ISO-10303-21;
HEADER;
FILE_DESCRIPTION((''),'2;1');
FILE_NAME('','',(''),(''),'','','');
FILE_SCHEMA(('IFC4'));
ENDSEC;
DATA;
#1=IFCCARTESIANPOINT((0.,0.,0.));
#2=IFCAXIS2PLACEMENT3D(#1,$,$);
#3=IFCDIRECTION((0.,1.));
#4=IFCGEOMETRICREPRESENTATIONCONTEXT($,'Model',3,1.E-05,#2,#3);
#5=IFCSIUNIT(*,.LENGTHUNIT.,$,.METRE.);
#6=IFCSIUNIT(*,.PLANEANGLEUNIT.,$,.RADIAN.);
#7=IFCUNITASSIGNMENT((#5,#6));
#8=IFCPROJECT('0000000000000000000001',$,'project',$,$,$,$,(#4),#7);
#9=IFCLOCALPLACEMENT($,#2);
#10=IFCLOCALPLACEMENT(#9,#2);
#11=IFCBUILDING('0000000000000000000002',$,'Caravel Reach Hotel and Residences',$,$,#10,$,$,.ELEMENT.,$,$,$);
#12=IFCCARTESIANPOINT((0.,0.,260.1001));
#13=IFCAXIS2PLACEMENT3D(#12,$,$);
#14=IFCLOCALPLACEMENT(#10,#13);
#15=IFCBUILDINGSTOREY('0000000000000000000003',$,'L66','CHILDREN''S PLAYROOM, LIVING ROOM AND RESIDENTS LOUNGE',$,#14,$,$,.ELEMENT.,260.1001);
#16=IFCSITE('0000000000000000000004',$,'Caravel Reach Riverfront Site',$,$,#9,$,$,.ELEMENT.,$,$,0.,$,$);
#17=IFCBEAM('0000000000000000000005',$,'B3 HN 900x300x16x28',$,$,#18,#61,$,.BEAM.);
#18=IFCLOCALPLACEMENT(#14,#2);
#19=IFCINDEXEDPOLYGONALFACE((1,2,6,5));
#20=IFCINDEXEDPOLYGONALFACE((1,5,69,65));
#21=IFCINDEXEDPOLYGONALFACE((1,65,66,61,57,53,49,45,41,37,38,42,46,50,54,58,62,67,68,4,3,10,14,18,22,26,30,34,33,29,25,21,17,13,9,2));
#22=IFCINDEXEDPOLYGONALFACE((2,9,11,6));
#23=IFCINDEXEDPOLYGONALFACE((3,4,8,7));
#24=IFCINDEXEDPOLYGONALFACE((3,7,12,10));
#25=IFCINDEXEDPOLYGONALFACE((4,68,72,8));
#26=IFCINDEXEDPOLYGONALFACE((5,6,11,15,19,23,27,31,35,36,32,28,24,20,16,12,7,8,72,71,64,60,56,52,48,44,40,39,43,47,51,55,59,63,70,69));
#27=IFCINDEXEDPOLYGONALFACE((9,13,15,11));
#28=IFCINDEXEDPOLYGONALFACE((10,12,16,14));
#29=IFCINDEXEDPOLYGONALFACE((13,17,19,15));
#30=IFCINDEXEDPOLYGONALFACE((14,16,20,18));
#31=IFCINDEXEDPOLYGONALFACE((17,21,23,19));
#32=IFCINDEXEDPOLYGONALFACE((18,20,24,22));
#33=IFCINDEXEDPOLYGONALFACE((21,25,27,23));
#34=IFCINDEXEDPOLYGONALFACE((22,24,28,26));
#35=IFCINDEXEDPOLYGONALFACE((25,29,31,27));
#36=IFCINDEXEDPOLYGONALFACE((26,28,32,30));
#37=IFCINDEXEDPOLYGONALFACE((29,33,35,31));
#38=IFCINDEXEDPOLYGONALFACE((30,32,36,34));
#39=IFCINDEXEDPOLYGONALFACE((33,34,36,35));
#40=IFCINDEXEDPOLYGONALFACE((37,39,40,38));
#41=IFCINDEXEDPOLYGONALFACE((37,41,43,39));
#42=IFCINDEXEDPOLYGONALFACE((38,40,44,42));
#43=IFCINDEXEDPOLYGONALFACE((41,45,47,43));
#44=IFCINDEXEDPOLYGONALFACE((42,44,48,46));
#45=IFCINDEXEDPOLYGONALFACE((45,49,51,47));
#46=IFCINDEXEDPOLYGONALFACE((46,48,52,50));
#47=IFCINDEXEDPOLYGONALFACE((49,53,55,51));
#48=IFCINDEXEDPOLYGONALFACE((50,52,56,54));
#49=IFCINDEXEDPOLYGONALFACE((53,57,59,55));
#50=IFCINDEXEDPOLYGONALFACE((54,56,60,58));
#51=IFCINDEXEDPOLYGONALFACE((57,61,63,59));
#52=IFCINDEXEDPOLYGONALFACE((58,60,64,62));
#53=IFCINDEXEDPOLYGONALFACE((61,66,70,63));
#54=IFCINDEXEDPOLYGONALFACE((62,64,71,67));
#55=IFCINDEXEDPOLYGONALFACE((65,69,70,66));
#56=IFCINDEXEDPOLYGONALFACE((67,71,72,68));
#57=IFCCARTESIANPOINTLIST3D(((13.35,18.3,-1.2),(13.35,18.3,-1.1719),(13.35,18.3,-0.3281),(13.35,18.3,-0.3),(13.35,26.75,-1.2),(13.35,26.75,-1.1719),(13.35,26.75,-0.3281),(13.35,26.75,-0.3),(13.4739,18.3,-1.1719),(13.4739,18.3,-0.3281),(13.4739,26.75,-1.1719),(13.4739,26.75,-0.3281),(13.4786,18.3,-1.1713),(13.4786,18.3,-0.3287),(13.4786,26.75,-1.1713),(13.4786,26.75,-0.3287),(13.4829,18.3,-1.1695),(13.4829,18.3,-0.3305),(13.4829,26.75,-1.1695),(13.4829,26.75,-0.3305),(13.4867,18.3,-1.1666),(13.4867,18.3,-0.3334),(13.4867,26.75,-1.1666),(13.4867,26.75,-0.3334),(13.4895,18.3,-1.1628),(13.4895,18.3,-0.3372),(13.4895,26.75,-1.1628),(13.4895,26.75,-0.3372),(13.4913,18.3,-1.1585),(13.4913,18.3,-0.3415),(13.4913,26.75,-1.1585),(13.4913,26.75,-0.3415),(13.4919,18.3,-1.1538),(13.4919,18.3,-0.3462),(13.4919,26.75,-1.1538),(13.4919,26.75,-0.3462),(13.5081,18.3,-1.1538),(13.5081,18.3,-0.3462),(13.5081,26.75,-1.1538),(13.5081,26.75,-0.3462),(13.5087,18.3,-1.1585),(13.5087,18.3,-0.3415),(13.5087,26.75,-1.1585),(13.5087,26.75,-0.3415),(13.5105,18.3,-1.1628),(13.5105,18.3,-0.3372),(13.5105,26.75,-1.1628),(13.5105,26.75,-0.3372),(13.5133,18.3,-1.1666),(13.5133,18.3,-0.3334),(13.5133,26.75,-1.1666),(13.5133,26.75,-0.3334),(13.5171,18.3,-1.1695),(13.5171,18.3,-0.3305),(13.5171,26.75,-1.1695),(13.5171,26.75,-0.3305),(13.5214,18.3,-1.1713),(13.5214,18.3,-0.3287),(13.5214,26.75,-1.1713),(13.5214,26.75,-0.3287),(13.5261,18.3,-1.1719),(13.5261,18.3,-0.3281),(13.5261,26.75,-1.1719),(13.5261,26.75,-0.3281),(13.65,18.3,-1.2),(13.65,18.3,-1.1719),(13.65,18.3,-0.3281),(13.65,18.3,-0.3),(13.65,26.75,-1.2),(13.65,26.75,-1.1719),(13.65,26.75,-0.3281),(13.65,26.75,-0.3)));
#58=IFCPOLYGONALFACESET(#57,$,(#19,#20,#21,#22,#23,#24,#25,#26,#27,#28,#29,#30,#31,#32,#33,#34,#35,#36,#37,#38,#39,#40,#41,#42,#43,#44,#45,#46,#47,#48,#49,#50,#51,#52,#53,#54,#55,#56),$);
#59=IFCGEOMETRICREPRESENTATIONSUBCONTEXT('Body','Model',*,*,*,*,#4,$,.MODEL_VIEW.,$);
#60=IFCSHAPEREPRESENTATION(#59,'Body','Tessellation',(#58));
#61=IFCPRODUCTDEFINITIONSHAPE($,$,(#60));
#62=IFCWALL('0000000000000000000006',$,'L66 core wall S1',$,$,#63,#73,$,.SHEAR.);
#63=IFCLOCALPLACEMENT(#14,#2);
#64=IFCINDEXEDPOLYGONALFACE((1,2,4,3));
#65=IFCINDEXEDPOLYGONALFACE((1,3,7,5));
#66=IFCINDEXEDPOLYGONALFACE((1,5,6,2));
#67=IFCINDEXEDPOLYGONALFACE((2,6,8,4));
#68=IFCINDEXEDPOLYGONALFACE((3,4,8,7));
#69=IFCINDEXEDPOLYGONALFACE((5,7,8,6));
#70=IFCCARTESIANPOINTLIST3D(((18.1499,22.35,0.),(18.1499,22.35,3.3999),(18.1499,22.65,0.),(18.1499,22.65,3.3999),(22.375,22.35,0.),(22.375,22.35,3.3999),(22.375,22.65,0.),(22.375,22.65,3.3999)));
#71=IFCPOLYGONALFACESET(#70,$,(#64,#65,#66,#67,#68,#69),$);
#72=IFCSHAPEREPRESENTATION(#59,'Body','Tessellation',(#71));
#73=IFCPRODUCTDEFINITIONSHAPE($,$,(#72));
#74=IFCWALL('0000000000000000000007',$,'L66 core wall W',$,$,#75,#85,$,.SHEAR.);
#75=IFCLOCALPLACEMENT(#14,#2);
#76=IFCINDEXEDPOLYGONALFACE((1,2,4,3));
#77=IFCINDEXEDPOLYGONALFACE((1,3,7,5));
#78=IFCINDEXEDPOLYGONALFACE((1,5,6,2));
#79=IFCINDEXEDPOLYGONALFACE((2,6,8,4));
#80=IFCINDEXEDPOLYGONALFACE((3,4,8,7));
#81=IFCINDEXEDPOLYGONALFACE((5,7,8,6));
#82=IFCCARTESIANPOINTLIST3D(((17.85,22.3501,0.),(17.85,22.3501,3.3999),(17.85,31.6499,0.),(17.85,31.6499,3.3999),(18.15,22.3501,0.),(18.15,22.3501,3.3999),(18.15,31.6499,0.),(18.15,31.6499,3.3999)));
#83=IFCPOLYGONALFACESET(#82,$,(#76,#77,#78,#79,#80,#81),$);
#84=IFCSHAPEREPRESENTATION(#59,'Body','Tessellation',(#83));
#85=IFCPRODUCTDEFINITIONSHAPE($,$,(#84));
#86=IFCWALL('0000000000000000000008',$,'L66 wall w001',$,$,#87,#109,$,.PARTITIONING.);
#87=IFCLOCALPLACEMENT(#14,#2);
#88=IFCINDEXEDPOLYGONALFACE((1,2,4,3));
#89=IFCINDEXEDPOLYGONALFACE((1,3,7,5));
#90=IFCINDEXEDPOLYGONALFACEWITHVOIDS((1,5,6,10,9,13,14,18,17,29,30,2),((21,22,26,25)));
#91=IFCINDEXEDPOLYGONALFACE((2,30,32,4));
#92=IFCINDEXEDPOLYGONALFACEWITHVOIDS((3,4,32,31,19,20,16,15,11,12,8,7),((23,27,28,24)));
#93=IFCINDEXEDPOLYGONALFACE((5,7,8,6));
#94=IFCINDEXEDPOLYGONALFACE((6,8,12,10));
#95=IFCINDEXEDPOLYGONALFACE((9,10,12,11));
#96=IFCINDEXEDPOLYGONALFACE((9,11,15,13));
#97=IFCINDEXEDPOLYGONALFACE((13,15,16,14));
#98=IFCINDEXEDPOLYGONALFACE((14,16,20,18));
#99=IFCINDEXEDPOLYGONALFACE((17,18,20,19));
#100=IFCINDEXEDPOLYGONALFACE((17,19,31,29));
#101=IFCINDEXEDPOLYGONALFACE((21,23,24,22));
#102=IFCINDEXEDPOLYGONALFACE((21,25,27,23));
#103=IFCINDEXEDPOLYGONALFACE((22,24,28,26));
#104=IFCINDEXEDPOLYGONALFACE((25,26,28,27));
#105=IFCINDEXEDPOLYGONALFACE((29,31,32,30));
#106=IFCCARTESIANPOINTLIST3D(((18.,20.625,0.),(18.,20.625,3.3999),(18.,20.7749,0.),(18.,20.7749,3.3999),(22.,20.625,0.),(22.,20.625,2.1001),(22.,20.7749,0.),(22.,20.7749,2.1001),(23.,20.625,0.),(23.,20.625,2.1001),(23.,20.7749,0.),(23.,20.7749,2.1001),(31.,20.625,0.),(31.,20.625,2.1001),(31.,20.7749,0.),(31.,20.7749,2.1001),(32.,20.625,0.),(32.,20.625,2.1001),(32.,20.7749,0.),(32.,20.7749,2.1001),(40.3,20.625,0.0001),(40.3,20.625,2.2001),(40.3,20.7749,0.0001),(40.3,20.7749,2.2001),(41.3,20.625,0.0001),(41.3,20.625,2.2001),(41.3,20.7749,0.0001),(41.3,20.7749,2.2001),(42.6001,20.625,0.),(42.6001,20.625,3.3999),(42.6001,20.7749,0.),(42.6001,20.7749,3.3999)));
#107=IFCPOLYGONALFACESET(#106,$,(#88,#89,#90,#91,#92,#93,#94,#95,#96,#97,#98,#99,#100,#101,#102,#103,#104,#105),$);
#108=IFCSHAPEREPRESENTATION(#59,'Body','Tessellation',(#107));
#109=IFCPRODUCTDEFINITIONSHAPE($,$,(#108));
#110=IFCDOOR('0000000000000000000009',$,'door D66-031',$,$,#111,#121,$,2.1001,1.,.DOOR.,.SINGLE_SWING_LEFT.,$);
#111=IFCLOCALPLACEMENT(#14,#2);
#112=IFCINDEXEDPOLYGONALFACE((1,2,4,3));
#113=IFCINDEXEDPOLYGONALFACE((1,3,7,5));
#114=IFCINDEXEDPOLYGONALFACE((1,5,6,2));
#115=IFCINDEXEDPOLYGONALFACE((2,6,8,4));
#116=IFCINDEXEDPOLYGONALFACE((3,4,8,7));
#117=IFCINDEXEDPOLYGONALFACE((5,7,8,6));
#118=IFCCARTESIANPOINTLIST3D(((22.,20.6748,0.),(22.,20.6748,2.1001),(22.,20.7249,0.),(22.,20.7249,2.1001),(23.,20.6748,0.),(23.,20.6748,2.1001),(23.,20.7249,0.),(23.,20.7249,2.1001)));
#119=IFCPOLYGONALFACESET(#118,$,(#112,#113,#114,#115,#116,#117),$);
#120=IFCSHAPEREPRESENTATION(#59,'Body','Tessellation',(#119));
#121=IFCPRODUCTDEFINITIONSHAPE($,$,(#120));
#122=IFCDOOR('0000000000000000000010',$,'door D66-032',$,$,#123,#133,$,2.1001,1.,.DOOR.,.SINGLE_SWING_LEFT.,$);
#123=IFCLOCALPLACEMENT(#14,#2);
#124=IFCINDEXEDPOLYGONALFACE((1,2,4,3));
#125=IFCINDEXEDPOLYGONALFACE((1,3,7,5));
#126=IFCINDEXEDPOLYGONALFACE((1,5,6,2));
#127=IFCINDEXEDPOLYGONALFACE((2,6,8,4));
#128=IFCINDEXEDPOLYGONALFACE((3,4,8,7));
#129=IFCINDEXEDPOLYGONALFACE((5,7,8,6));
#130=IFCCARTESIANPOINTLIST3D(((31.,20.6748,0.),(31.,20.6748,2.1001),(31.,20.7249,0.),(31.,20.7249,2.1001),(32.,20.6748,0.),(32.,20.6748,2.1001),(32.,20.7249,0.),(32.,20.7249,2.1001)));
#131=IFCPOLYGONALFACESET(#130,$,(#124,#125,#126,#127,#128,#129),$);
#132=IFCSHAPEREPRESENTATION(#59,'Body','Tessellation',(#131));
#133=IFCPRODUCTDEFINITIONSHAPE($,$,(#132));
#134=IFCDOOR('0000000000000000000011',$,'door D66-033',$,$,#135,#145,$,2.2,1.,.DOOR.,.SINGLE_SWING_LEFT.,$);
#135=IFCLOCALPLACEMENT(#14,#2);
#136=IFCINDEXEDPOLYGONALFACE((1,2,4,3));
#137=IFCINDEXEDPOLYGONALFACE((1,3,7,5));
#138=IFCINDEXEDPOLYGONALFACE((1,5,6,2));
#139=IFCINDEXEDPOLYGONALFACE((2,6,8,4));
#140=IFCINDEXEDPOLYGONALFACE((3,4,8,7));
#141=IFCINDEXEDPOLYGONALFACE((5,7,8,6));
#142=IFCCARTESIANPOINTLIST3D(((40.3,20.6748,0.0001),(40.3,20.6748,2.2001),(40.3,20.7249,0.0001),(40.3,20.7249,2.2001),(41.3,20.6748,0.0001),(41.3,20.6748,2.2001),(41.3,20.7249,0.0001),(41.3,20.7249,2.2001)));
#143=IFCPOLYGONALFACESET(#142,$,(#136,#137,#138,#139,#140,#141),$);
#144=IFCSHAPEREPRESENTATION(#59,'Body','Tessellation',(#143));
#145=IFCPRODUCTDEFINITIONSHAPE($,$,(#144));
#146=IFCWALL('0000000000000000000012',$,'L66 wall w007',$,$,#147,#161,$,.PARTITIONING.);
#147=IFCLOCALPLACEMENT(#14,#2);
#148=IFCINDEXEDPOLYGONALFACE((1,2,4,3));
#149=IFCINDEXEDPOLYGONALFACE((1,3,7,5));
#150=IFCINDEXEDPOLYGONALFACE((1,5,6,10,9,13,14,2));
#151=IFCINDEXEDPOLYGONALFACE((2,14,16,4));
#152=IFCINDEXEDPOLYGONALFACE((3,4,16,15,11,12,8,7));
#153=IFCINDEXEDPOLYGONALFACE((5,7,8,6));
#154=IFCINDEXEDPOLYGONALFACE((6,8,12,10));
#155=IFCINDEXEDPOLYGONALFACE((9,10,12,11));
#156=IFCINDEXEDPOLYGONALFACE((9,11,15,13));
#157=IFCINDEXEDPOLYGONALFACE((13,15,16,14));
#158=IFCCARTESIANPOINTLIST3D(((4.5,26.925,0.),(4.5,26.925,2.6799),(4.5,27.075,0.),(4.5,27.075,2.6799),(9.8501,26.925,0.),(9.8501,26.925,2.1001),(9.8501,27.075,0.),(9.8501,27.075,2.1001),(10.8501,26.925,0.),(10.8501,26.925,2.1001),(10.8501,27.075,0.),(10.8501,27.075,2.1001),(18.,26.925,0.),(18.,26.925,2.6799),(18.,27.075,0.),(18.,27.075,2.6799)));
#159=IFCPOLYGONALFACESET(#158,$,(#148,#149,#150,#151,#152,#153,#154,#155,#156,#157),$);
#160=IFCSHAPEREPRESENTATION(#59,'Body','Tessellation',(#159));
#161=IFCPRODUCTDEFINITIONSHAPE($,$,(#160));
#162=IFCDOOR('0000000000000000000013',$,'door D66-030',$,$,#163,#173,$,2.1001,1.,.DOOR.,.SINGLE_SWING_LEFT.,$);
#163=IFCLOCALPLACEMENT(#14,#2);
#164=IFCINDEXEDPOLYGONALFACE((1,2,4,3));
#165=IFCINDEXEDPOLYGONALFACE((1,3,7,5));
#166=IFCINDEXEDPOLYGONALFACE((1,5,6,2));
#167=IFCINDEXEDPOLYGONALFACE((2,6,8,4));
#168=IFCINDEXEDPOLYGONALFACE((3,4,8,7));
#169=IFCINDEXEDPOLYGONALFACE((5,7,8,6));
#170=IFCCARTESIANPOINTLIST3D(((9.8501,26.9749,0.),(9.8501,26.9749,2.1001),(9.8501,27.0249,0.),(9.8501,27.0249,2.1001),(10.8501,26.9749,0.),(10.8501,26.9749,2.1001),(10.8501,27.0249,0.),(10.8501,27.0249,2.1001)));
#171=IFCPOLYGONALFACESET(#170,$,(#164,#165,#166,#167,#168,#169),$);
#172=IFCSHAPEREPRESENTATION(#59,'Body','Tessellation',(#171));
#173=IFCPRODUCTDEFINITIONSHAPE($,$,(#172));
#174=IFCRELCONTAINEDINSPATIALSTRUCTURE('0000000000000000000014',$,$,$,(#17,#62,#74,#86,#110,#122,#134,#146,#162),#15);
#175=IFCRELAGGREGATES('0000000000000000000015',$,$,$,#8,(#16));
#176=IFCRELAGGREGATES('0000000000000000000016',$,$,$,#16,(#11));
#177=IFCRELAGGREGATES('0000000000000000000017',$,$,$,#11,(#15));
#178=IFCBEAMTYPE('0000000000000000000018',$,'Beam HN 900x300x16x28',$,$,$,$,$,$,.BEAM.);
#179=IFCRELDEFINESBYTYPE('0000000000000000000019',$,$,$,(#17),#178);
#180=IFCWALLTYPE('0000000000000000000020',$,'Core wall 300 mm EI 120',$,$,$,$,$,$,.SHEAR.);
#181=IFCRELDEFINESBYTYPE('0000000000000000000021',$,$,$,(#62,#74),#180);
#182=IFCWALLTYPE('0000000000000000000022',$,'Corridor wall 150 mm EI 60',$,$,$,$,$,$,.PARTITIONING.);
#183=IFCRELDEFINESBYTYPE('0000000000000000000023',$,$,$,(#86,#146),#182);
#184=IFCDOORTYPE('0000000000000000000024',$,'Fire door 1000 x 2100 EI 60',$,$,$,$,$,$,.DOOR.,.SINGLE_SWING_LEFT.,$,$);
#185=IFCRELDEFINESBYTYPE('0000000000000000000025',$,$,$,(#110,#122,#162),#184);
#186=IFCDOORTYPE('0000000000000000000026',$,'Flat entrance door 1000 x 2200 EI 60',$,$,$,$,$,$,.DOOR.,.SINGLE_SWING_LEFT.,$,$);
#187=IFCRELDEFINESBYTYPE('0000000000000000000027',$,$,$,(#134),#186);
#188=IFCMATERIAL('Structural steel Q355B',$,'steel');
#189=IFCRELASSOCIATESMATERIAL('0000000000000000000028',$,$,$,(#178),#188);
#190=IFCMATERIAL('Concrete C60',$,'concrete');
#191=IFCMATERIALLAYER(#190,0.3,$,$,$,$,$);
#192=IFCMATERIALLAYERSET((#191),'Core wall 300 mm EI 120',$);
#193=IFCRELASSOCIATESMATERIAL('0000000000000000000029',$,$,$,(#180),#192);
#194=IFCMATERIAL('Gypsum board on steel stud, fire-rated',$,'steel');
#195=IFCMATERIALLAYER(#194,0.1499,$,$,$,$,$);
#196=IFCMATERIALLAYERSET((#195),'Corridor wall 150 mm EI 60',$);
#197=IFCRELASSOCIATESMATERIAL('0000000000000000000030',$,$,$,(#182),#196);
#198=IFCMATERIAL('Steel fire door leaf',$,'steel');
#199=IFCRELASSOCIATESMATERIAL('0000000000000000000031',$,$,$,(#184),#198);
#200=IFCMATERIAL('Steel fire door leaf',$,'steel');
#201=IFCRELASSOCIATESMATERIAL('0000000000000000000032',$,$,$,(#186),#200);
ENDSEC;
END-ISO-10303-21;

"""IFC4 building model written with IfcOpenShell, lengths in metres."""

from ifc_helpers import new_model, si_unit, direction, frame, frame_2d, origin, origin_2d, place, context, subcontext, project, spatial, rectangle, i_section, extrude, material, layer, layer_set, material_profile, profile_set, type_object, element, fill, save


model = new_model("IFC4")

# Units and contexts
model_context = context("Model", 3, precision=1e-05, world=origin(), true_north=direction((0.0, 1.0)))
body_context = subcontext(model_context, "Body", "Model", "MODEL_VIEW")
ifc_project = project(units=[si_unit("LENGTHUNIT", "METRE"), si_unit("PLANEANGLEUNIT", "RADIAN")], contexts=[model_context])

# Site, building, storey
site_placement = place(None, origin())
site = spatial("IfcSite", under=ifc_project, at=site_placement, Name="Caravel Reach Riverfront Site", CompositionType="ELEMENT", RefElevation=0.0)
building_placement = place(site_placement, origin())
building = spatial("IfcBuilding", under=site, at=building_placement, Name="Caravel Reach Hotel and Residences", CompositionType="ELEMENT")
storey_placement = place(building_placement, frame((0.0, 0.0, 260.1001)))
storey = spatial("IfcBuildingStorey", under=building, at=storey_placement, Name="L66", Description="CHILDREN'S PLAYROOM, LIVING ROOM AND RESIDENTS LOUNGE", CompositionType="ELEMENT", Elevation=260.1001)

# Beam
ifc_material_1 = material(Name="Structural steel Q355B", Category="steel")
ifc_material_profile_1 = material_profile(ifc_material_1, i_section(OverallWidth=0.3, OverallDepth=0.8999, WebThickness=0.0161, FlangeThickness=0.0281, FilletRadius=0.0181, at=origin_2d()), Name="HN 900x300x16x28")
ifc_profile_set_1 = profile_set([ifc_material_profile_1], Name="Structural steel Q355B")
beam_type_1 = type_object("IfcBeamType", Name="Beam HN 900x300x16x28", PredefinedType="BEAM", material=ifc_profile_set_1)
beam_1_placement = place(storey_placement, frame((13.5, 18.3, -0.75), z_axis=(0.0, 1.0, 0.0), x_axis=(-1.0, 0.0, 0.0)))
element("IfcBeam", 1, at=beam_1_placement, inside=storey, type_object=beam_type_1, Name="B3 HN 900x300x16x28", PredefinedType="BEAM", context=body_context, shape_type="SweptSolid", body=[
    extrude(i_section(OverallWidth=0.3, OverallDepth=0.8999, WebThickness=0.0161, FlangeThickness=0.0281, FilletRadius=0.0181, at=origin_2d()), origin(), (0.0, 0.0, 1.0), 8.45),
])

# Walls
ifc_material_2 = material(Name="Concrete C60", Category="concrete")
ifc_layer_1 = layer(ifc_material_2, 0.3)
ifc_layer_set_1 = layer_set([ifc_layer_1], Name="Core wall 300 mm EI 120")
wall_type_1 = type_object("IfcWallType", Name="Core wall 300 mm EI 120", PredefinedType="SHEAR", material=ifc_layer_set_1)
wall_1_placement = place(storey_placement, frame((18.1499, 22.5, 0.0), z_axis=(0.0, 0.0, 1.0), x_axis=(1.0, 0.0, 0.0)))
element("IfcWall", 2, at=wall_1_placement, inside=storey, type_object=wall_type_1, Name="L66 core wall S1", PredefinedType="SHEAR", context=body_context, shape_type="SweptSolid", body=[
    extrude(rectangle(XDim=4.2251, YDim=0.3, at=frame_2d((2.1125, 0.0))), origin(), (0.0, 0.0, 1.0), 3.3999),
])
wall_2_placement = place(storey_placement, frame((18.0, 22.3501, 0.0), z_axis=(0.0, 0.0, 1.0), x_axis=(0.0, 1.0, 0.0)))
element("IfcWall", 3, at=wall_2_placement, inside=storey, type_object=wall_type_1, Name="L66 core wall W", PredefinedType="SHEAR", context=body_context, shape_type="SweptSolid", body=[
    extrude(rectangle(XDim=9.2998, YDim=0.3, at=frame_2d((4.6499, 0.0))), origin(), (0.0, 0.0, 1.0), 3.3999),
])

# Wall, openings, doors
ifc_material_3 = material(Name="Gypsum board on steel stud, fire-rated", Category="steel")
ifc_layer_2 = layer(ifc_material_3, 0.1499)
ifc_layer_set_2 = layer_set([ifc_layer_2], Name="Corridor wall 150 mm EI 60")
wall_type_2 = type_object("IfcWallType", Name="Corridor wall 150 mm EI 60", PredefinedType="PARTITIONING", material=ifc_layer_set_2)
wall_3_placement = place(storey_placement, frame((18.0, 20.7, 0.0), z_axis=(0.0, 0.0, 1.0), x_axis=(1.0, 0.0, 0.0)))
wall_3 = element("IfcWall", 4, at=wall_3_placement, inside=storey, type_object=wall_type_2, Name="L66 wall w001", PredefinedType="PARTITIONING", context=body_context, shape_type="SweptSolid", body=[
    extrude(rectangle(XDim=24.6001, YDim=0.1499, at=frame_2d((12.3, 0.0))), origin(), (0.0, 0.0, 1.0), 3.3999),
])
opening_1_placement = place(wall_3_placement, frame((4.0, 0.0, 0.0)))
opening_1 = element("IfcOpeningElement", 5, at=opening_1_placement, cuts=wall_3, PredefinedType="OPENING", context=body_context, shape_type="SweptSolid", body=[
    extrude(rectangle(XDim=1.0, YDim=2.1001, at=frame_2d((0.5, 1.05))), frame((0.0, 0.085, 0.0), z_axis=(0.0, -1.0, 0.0), x_axis=(1.0, 0.0, 0.0)), (0.0, 0.0, 1.0), 0.1699),
])
opening_2_placement = place(wall_3_placement, frame((13.0, 0.0, 0.0)))
opening_2 = element("IfcOpeningElement", 6, at=opening_2_placement, cuts=wall_3, PredefinedType="OPENING", context=body_context, shape_type="SweptSolid", body=[
    extrude(rectangle(XDim=1.0, YDim=2.1001, at=frame_2d((0.5, 1.05))), frame((0.0, 0.085, 0.0), z_axis=(0.0, -1.0, 0.0), x_axis=(1.0, 0.0, 0.0)), (0.0, 0.0, 1.0), 0.1699),
])
opening_3_placement = place(wall_3_placement, frame((22.3, 0.0, 0.0)))
opening_3 = element("IfcOpeningElement", 7, at=opening_3_placement, cuts=wall_3, PredefinedType="OPENING", context=body_context, shape_type="SweptSolid", body=[
    extrude(rectangle(XDim=1.0, YDim=2.2, at=frame_2d((0.5, 1.1001))), frame((0.0, 0.085, 0.0), z_axis=(0.0, -1.0, 0.0), x_axis=(1.0, 0.0, 0.0)), (0.0, 0.0, 1.0), 0.1699),
])
ifc_material_4 = material(Name="Steel fire door leaf", Category="steel")
door_type_1 = type_object("IfcDoorType", Name="Fire door 1000 x 2100 EI 60", OperationType="SINGLE_SWING_LEFT", PredefinedType="DOOR", material=ifc_material_4)
door_1_placement = place(opening_1_placement, origin())
door_1 = element("IfcDoor", 8, at=door_1_placement, inside=storey, type_object=door_type_1, Name="door D66-031", OperationType="SINGLE_SWING_LEFT", OverallHeight=2.1001, OverallWidth=1.0, PredefinedType="DOOR", context=body_context, shape_type="SweptSolid", body=[
    extrude(rectangle(XDim=1.0, YDim=2.1001, at=frame_2d((0.5, 1.05))), frame((0.0, 0.0249, 0.0), z_axis=(0.0, -1.0, 0.0), x_axis=(1.0, 0.0, 0.0)), (0.0, 0.0, 1.0), 0.05),
])
fill(opening_1, door_1)
door_2_placement = place(opening_2_placement, origin())
door_2 = element("IfcDoor", 9, at=door_2_placement, inside=storey, type_object=door_type_1, Name="door D66-032", OperationType="SINGLE_SWING_LEFT", OverallHeight=2.1001, OverallWidth=1.0, PredefinedType="DOOR", context=body_context, shape_type="SweptSolid", body=[
    extrude(rectangle(XDim=1.0, YDim=2.1001, at=frame_2d((0.5, 1.05))), frame((0.0, 0.0249, 0.0), z_axis=(0.0, -1.0, 0.0), x_axis=(1.0, 0.0, 0.0)), (0.0, 0.0, 1.0), 0.05),
])
fill(opening_2, door_2)
ifc_material_5 = material(Name="Steel fire door leaf", Category="steel")
door_type_2 = type_object("IfcDoorType", Name="Flat entrance door 1000 x 2200 EI 60", OperationType="SINGLE_SWING_LEFT", PredefinedType="DOOR", material=ifc_material_5)
door_3_placement = place(opening_3_placement, origin())
door_3 = element("IfcDoor", 10, at=door_3_placement, inside=storey, type_object=door_type_2, Name="door D66-033", OperationType="SINGLE_SWING_LEFT", OverallHeight=2.2, OverallWidth=1.0, PredefinedType="DOOR", context=body_context, shape_type="SweptSolid", body=[
    extrude(rectangle(XDim=1.0, YDim=2.2, at=frame_2d((0.5, 1.1001))), frame((0.0, 0.0249, 0.0), z_axis=(0.0, -1.0, 0.0), x_axis=(1.0, 0.0, 0.0)), (0.0, 0.0, 1.0), 0.05),
])
fill(opening_3, door_3)

# Wall, opening, door
wall_4_placement = place(storey_placement, frame((4.5, 27.0, 0.0), z_axis=(0.0, 0.0, 1.0), x_axis=(1.0, 0.0, 0.0)))
wall_4 = element("IfcWall", 11, at=wall_4_placement, inside=storey, type_object=wall_type_2, Name="L66 wall w007", PredefinedType="PARTITIONING", context=body_context, shape_type="SweptSolid", body=[
    extrude(rectangle(XDim=13.5, YDim=0.1499, at=frame_2d((6.75, 0.0))), origin(), (0.0, 0.0, 1.0), 2.6799),
])
opening_4_placement = place(wall_4_placement, frame((5.3501, 0.0, 0.0)))
opening_4 = element("IfcOpeningElement", 12, at=opening_4_placement, cuts=wall_4, PredefinedType="OPENING", context=body_context, shape_type="SweptSolid", body=[
    extrude(rectangle(XDim=1.0, YDim=2.1001, at=frame_2d((0.5, 1.05))), frame((0.0, 0.085, 0.0), z_axis=(0.0, -1.0, 0.0), x_axis=(1.0, 0.0, 0.0)), (0.0, 0.0, 1.0), 0.1699),
])
door_4_placement = place(opening_4_placement, origin())
door_4 = element("IfcDoor", 13, at=door_4_placement, inside=storey, type_object=door_type_1, Name="door D66-030", OperationType="SINGLE_SWING_LEFT", OverallHeight=2.1001, OverallWidth=1.0, PredefinedType="DOOR", context=body_context, shape_type="SweptSolid", body=[
    extrude(rectangle(XDim=1.0, YDim=2.1001, at=frame_2d((0.5, 1.05))), frame((0.0, 0.0249, 0.0), z_axis=(0.0, -1.0, 0.0), x_axis=(1.0, 0.0, 0.0)), (0.0, 0.0, 1.0), 0.05),
])
fill(opening_4, door_4)

save(model, "model.ifc")
